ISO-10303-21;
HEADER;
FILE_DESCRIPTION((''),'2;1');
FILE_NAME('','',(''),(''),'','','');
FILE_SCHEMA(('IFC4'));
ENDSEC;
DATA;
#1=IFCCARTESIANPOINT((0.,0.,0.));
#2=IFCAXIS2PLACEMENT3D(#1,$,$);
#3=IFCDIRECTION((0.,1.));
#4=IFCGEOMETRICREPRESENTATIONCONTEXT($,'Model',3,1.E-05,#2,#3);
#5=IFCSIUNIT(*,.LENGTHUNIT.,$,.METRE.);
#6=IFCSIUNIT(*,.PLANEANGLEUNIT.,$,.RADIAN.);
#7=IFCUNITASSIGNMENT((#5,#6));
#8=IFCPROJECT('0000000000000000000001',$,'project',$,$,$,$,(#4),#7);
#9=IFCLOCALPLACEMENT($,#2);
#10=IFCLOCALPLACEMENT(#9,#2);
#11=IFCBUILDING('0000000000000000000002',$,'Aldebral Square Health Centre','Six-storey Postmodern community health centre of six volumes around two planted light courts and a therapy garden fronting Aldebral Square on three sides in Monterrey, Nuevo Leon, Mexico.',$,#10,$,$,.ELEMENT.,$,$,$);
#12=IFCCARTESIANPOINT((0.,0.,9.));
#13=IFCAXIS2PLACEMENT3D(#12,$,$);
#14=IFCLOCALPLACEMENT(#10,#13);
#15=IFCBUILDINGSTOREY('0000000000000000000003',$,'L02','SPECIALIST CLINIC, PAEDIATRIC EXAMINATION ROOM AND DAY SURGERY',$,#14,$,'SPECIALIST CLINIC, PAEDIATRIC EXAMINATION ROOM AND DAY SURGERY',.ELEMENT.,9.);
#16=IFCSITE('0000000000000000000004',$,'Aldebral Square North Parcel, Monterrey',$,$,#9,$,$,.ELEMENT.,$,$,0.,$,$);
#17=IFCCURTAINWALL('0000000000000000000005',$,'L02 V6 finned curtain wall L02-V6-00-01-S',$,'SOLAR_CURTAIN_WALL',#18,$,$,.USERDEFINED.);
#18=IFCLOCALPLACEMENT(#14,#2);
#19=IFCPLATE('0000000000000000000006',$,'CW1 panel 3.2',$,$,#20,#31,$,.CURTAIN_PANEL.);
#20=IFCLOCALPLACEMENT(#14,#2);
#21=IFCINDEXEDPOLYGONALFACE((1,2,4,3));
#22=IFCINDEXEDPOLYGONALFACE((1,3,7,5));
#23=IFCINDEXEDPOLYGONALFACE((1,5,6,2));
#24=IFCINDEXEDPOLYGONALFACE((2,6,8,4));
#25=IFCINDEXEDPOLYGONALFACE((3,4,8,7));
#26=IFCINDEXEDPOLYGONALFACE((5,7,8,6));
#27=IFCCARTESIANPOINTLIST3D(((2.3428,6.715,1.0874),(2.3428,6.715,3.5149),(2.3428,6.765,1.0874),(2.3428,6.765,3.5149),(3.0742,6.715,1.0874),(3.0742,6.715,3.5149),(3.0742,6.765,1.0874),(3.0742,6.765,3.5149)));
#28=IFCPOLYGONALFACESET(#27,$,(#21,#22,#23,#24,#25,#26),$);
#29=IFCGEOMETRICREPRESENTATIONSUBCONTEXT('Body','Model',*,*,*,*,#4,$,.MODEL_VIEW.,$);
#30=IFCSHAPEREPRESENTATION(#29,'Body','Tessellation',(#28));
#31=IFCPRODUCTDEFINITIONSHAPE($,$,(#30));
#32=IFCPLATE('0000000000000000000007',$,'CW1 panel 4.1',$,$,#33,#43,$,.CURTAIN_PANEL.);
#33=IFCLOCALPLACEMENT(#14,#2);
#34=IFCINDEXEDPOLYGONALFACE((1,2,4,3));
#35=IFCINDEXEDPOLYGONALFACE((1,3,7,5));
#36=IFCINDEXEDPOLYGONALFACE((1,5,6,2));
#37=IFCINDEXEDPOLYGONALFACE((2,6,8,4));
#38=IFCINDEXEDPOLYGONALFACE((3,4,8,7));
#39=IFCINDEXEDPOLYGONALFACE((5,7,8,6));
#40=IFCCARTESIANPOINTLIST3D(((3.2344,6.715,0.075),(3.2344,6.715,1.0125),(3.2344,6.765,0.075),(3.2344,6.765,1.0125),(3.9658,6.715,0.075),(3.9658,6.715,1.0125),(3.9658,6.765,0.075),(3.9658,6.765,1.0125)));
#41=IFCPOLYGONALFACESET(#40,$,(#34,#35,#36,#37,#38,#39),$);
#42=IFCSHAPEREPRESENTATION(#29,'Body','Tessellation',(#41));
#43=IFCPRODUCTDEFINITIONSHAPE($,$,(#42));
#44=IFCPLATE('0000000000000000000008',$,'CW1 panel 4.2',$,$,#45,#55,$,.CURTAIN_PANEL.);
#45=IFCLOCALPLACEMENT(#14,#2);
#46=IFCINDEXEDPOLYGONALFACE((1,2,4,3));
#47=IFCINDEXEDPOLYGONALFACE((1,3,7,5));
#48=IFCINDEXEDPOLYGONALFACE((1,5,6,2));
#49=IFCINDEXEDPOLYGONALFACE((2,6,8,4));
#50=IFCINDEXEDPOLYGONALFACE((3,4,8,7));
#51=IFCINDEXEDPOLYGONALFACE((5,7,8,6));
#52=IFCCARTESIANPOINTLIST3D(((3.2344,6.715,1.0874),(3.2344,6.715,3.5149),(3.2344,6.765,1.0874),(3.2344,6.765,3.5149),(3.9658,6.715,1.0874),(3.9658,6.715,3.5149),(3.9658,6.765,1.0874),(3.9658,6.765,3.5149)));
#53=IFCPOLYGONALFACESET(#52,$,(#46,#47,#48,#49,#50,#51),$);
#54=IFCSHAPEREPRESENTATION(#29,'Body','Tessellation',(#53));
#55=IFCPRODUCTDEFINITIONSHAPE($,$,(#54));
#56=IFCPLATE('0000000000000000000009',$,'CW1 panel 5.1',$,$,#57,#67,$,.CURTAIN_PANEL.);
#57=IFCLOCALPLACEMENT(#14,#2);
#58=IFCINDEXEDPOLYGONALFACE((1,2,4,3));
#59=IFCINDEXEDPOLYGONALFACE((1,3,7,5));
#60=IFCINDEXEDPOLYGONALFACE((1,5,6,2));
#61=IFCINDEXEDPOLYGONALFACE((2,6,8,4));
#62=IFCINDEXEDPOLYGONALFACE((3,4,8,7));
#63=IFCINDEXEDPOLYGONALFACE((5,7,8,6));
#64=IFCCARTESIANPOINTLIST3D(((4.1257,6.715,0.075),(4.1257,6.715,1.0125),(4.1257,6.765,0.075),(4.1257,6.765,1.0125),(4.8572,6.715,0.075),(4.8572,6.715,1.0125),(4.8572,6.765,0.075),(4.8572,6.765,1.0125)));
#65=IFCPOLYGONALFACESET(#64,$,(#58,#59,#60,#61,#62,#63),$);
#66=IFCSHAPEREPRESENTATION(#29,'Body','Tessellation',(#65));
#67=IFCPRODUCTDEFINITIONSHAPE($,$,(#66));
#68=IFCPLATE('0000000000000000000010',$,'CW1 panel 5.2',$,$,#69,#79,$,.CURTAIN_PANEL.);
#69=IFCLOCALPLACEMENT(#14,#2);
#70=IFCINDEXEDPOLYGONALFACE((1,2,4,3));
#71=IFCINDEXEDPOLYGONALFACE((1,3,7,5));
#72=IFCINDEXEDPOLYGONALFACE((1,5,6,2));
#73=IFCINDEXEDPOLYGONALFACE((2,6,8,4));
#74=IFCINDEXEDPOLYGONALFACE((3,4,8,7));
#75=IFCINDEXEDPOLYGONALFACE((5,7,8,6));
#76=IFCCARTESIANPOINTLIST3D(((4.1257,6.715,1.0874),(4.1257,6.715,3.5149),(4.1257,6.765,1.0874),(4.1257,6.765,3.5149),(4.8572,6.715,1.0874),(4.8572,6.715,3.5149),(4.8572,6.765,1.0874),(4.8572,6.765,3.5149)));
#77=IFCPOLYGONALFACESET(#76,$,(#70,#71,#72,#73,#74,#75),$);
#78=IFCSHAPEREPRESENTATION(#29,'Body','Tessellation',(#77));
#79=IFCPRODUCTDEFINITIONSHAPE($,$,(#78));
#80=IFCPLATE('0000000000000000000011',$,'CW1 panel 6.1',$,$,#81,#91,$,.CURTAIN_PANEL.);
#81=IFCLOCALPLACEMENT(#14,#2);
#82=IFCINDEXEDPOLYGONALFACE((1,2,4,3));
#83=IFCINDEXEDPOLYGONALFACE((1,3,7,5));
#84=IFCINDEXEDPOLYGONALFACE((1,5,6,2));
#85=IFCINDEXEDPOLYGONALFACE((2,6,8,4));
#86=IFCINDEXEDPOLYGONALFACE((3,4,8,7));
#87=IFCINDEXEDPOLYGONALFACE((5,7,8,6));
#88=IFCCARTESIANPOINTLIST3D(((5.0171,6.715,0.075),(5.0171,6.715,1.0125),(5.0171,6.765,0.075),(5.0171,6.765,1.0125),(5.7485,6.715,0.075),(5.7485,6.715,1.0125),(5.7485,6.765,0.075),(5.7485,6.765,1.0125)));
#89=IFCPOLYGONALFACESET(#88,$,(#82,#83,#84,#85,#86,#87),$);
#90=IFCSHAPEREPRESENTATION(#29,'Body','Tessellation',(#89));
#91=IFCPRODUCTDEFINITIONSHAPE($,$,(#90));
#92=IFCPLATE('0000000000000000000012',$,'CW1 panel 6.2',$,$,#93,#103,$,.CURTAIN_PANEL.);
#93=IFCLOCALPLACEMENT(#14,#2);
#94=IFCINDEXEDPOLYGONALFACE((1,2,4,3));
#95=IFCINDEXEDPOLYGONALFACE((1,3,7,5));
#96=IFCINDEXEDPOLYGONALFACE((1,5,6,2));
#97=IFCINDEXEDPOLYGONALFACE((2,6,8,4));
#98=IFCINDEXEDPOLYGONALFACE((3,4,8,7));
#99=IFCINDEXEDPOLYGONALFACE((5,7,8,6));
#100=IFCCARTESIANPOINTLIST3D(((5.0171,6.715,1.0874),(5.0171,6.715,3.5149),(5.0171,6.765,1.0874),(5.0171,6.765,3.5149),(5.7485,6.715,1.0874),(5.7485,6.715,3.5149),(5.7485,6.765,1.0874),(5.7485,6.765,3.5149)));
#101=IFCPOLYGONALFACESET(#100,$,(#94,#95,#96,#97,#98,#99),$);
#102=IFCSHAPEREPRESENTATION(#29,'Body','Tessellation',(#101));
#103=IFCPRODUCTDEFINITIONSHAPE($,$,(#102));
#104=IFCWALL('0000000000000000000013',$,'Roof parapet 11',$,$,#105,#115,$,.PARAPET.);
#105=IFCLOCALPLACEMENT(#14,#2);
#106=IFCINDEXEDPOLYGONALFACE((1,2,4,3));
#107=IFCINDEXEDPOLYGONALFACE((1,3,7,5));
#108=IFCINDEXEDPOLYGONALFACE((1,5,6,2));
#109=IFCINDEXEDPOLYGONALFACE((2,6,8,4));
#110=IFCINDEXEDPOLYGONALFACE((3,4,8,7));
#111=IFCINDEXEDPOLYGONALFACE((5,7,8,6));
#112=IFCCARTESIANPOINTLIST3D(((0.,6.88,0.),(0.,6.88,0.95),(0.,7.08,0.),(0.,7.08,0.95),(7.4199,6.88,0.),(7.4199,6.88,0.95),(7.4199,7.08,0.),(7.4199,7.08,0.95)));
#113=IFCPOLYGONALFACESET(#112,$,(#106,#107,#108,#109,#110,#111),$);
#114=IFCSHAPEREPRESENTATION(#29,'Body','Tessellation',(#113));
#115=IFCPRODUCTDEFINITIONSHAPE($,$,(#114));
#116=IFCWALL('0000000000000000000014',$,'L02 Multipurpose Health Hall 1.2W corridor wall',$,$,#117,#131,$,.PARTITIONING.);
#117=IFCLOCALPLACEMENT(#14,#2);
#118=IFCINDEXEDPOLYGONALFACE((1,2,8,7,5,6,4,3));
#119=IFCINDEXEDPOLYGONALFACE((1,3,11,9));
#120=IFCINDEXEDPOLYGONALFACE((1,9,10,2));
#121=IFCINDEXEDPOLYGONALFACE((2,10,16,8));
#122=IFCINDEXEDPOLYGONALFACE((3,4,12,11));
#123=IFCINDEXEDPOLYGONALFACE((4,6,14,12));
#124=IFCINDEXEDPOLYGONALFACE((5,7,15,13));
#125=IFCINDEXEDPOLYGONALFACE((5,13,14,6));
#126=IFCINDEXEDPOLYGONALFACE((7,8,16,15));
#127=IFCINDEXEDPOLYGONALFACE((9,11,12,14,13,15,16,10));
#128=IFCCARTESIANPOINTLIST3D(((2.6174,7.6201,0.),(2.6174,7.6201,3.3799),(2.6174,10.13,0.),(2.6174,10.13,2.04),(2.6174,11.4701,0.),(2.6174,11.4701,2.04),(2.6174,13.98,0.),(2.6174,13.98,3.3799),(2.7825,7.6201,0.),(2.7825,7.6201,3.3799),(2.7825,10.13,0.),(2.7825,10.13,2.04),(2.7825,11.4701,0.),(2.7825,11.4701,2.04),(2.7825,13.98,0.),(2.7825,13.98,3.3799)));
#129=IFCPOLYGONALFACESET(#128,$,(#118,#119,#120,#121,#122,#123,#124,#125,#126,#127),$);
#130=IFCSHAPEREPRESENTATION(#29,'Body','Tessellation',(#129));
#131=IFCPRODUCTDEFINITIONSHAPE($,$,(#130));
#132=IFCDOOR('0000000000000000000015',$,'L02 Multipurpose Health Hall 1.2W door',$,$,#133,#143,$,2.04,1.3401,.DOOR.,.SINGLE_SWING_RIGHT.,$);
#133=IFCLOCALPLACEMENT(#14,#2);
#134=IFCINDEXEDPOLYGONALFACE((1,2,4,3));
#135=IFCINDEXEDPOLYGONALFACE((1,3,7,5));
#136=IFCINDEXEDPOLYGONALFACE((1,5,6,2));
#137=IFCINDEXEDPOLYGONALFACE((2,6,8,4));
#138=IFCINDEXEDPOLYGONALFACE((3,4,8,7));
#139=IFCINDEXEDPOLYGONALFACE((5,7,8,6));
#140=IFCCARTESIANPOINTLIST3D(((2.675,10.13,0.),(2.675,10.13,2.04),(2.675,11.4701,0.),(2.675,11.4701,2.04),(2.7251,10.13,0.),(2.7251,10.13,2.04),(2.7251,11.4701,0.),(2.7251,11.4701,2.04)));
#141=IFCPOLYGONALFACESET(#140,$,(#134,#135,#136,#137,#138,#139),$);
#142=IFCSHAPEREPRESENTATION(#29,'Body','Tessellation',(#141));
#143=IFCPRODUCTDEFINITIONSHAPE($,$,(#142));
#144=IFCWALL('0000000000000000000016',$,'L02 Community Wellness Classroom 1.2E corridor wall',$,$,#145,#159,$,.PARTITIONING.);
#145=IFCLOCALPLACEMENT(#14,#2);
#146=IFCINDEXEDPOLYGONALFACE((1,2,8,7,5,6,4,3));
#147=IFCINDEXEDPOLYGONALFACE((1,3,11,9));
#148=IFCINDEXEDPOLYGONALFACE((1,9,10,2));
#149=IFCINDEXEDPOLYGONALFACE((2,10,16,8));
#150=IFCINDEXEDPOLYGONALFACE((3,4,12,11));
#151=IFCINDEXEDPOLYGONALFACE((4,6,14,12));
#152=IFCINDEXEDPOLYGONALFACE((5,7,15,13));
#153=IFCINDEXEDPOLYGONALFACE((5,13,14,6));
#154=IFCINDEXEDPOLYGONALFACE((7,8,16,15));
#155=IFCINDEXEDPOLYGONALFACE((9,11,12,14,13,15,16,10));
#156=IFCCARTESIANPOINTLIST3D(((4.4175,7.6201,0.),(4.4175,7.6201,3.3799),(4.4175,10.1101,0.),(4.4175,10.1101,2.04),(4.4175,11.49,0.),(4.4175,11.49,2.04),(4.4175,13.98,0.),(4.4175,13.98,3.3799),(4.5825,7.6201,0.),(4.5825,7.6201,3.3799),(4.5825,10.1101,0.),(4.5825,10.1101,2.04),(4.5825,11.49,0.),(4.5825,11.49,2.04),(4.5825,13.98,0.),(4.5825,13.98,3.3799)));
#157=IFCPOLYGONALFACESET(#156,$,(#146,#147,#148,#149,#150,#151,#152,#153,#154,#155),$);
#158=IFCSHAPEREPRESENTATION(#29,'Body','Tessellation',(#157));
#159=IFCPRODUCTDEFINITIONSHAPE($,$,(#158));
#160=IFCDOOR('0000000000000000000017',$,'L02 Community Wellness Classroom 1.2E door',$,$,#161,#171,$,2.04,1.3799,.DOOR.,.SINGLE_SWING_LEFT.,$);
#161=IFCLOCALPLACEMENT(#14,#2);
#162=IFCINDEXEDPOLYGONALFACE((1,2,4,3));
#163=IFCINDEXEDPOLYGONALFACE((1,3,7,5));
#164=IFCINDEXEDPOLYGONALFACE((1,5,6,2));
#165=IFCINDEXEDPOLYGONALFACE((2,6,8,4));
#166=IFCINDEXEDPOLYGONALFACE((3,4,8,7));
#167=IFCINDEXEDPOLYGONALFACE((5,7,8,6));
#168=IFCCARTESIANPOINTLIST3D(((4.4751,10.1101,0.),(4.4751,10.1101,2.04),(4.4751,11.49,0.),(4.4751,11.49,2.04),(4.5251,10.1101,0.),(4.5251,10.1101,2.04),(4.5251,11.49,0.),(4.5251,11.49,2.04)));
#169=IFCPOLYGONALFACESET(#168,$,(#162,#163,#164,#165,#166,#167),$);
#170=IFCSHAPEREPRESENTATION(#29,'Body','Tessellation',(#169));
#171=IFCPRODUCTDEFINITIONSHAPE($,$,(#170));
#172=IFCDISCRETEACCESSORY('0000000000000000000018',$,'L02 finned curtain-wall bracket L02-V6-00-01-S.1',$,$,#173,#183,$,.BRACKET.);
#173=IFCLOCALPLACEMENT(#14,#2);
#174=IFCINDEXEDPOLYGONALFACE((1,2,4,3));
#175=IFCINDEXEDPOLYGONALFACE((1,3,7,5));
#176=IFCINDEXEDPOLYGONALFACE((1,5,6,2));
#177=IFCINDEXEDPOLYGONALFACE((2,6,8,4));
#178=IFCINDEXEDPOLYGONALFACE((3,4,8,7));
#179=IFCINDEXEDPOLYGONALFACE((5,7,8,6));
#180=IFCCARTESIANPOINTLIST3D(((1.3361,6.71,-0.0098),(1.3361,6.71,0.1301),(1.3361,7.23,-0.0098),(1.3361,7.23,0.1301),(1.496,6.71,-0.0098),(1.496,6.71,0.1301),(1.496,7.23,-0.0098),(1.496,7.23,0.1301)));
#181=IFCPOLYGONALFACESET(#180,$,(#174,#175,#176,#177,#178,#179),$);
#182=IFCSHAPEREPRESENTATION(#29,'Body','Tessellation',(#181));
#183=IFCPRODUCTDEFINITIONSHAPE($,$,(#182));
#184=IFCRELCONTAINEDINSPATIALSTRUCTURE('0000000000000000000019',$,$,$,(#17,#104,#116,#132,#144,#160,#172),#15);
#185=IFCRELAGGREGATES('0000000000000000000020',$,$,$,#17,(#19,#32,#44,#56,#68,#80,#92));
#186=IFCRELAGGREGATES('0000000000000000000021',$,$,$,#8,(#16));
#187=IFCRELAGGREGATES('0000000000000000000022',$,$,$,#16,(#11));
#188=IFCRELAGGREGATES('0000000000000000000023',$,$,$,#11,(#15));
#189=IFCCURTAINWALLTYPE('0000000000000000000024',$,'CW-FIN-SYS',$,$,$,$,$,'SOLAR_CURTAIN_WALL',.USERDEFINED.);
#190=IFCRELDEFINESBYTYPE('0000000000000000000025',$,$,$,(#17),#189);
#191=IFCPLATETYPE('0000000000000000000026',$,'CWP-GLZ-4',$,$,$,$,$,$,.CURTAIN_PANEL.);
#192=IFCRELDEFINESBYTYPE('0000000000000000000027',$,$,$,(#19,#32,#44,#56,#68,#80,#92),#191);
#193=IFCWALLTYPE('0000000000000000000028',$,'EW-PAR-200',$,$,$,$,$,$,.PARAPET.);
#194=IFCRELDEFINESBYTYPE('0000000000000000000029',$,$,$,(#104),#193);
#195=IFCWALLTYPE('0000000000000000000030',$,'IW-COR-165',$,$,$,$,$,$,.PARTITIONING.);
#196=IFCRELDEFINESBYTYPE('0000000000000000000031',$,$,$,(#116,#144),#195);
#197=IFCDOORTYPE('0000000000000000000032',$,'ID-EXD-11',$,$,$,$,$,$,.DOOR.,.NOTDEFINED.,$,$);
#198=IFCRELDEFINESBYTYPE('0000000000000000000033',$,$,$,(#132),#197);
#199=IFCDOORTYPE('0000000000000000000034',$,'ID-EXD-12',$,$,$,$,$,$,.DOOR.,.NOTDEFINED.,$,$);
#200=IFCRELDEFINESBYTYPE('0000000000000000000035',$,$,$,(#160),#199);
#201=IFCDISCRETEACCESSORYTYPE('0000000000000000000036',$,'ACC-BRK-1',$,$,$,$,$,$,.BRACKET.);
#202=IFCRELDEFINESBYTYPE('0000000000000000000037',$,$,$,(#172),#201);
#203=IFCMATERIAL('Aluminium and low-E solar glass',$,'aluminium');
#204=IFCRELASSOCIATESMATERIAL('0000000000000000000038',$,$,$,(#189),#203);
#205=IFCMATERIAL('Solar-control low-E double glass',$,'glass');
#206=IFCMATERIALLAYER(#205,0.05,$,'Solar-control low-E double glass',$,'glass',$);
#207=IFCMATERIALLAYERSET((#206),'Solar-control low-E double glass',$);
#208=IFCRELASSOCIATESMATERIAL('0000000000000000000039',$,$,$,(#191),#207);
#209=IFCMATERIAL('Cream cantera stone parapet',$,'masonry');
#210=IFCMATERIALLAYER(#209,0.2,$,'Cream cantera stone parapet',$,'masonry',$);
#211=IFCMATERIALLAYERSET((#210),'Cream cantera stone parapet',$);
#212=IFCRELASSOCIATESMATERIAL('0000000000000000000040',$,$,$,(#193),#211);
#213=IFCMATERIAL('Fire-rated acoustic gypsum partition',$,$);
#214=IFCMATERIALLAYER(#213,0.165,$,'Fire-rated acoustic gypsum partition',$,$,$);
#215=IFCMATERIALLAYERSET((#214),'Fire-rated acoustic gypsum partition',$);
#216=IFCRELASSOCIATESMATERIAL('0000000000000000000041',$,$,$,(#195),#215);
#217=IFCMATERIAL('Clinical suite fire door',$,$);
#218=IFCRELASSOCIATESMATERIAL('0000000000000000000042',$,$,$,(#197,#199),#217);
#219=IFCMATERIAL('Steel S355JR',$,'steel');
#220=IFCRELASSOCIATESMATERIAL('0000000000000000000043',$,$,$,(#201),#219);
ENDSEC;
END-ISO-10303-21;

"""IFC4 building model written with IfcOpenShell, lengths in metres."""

from ifc_helpers import new_model, si_unit, direction, frame, frame_2d, origin, origin_2d, place, context, subcontext, project, spatial, rectangle, extrude, material, layer, layer_set, type_object, element, fill, aggregate, save


model = new_model("IFC4")

# Units and contexts
model_context = context("Model", 3, precision=1e-05, world=origin(), true_north=direction((0.0, 1.0)))
body_context = subcontext(model_context, "Body", "Model", "MODEL_VIEW")
ifc_project = project(units=[si_unit("LENGTHUNIT", "METRE"), si_unit("PLANEANGLEUNIT", "RADIAN")], contexts=[model_context])

# Site, building, storey
site_placement = place(None, origin())
site = spatial("IfcSite", under=ifc_project, at=site_placement, Name="Aldebral Square North Parcel, Monterrey", CompositionType="ELEMENT", RefElevation=0.0)
building_placement = place(site_placement, origin())
building = spatial("IfcBuilding", under=site, at=building_placement, Name="Aldebral Square Health Centre", Description="Six-storey Postmodern community health centre of six volumes around two planted light courts and a therapy garden fronting Aldebral Square on three sides in Monterrey, Nuevo Leon, Mexico.", CompositionType="ELEMENT")
storey_placement = place(building_placement, frame((0.0, 0.0, 9.0)))
storey = spatial("IfcBuildingStorey", under=building, at=storey_placement, Name="L02", Description="SPECIALIST CLINIC, PAEDIATRIC EXAMINATION ROOM AND DAY SURGERY", LongName="SPECIALIST CLINIC, PAEDIATRIC EXAMINATION ROOM AND DAY SURGERY", CompositionType="ELEMENT", Elevation=9.0)

# Curtain wall, plates
ifc_material_1 = material(Name="Aluminium and low-E solar glass", Category="aluminium")
curtain_wall_type = type_object("IfcCurtainWallType", Name="CW-FIN-SYS", ElementType="SOLAR_CURTAIN_WALL", PredefinedType="USERDEFINED", material=ifc_material_1)
curtain_wall_placement = place(storey_placement, origin())
curtain_wall = element("IfcCurtainWall", 1, at=curtain_wall_placement, inside=storey, type_object=curtain_wall_type, Name="L02 V6 finned curtain wall L02-V6-00-01-S", ObjectType="SOLAR_CURTAIN_WALL", PredefinedType="USERDEFINED")
ifc_material_2 = material(Name="Solar-control low-E double glass", Category="glass")
ifc_layer_1 = layer(ifc_material_2, 0.05, Name="Solar-control low-E double glass", Category="glass")
ifc_layer_set_1 = layer_set([ifc_layer_1], Name="Solar-control low-E double glass")
plate_type = type_object("IfcPlateType", Name="CWP-GLZ-4", PredefinedType="CURTAIN_PANEL", material=ifc_layer_set_1)
plate_1_placement = place(storey_placement, frame((2.7085, 6.74, 1.0874), z_axis=(0.0, 0.0, 1.0), x_axis=(1.0, 0.0, 0.0)))
plate_1 = element("IfcPlate", 2, at=plate_1_placement, type_object=plate_type, Name="CW1 panel 3.2", PredefinedType="CURTAIN_PANEL", context=body_context, shape_type="SweptSolid", body=[
    extrude(rectangle(XDim=0.7314, YDim=0.05, at=origin_2d()), origin(), (0.0, 0.0, 1.0), 2.4275),
])
plate_2_placement = place(storey_placement, frame((3.6001, 6.74, 0.075), z_axis=(0.0, 0.0, 1.0), x_axis=(1.0, 0.0, 0.0)))
plate_2 = element("IfcPlate", 3, at=plate_2_placement, type_object=plate_type, Name="CW1 panel 4.1", PredefinedType="CURTAIN_PANEL", context=body_context, shape_type="SweptSolid", body=[
    extrude(rectangle(XDim=0.7314, YDim=0.05, at=origin_2d()), origin(), (0.0, 0.0, 1.0), 0.9375),
])
plate_3_placement = place(storey_placement, frame((3.6001, 6.74, 1.0874), z_axis=(0.0, 0.0, 1.0), x_axis=(1.0, 0.0, 0.0)))
plate_3 = element("IfcPlate", 4, at=plate_3_placement, type_object=plate_type, Name="CW1 panel 4.2", PredefinedType="CURTAIN_PANEL", context=body_context, shape_type="SweptSolid", body=[
    extrude(rectangle(XDim=0.7314, YDim=0.05, at=origin_2d()), origin(), (0.0, 0.0, 1.0), 2.4275),
])
plate_4_placement = place(storey_placement, frame((4.4915, 6.74, 0.075), z_axis=(0.0, 0.0, 1.0), x_axis=(1.0, 0.0, 0.0)))
plate_4 = element("IfcPlate", 5, at=plate_4_placement, type_object=plate_type, Name="CW1 panel 5.1", PredefinedType="CURTAIN_PANEL", context=body_context, shape_type="SweptSolid", body=[
    extrude(rectangle(XDim=0.7314, YDim=0.05, at=origin_2d()), origin(), (0.0, 0.0, 1.0), 0.9375),
])
plate_5_placement = place(storey_placement, frame((4.4915, 6.74, 1.0874), z_axis=(0.0, 0.0, 1.0), x_axis=(1.0, 0.0, 0.0)))
plate_5 = element("IfcPlate", 6, at=plate_5_placement, type_object=plate_type, Name="CW1 panel 5.2", PredefinedType="CURTAIN_PANEL", context=body_context, shape_type="SweptSolid", body=[
    extrude(rectangle(XDim=0.7314, YDim=0.05, at=origin_2d()), origin(), (0.0, 0.0, 1.0), 2.4275),
])
plate_6_placement = place(storey_placement, frame((5.3828, 6.74, 0.075), z_axis=(0.0, 0.0, 1.0), x_axis=(1.0, 0.0, 0.0)))
plate_6 = element("IfcPlate", 7, at=plate_6_placement, type_object=plate_type, Name="CW1 panel 6.1", PredefinedType="CURTAIN_PANEL", context=body_context, shape_type="SweptSolid", body=[
    extrude(rectangle(XDim=0.7314, YDim=0.05, at=origin_2d()), origin(), (0.0, 0.0, 1.0), 0.9375),
])
plate_7_placement = place(storey_placement, frame((5.3828, 6.74, 1.0874), z_axis=(0.0, 0.0, 1.0), x_axis=(1.0, 0.0, 0.0)))
plate_7 = element("IfcPlate", 8, at=plate_7_placement, type_object=plate_type, Name="CW1 panel 6.2", PredefinedType="CURTAIN_PANEL", context=body_context, shape_type="SweptSolid", body=[
    extrude(rectangle(XDim=0.7314, YDim=0.05, at=origin_2d()), origin(), (0.0, 0.0, 1.0), 2.4275),
])
aggregate(curtain_wall, [plate_1, plate_2, plate_3, plate_4, plate_5, plate_6, plate_7])

# Wall
ifc_material_3 = material(Name="Cream cantera stone parapet", Category="masonry")
ifc_layer_2 = layer(ifc_material_3, 0.2, Name="Cream cantera stone parapet", Category="masonry")
ifc_layer_set_2 = layer_set([ifc_layer_2], Name="Cream cantera stone parapet")
wall_type_1 = type_object("IfcWallType", Name="EW-PAR-200", PredefinedType="PARAPET", material=ifc_layer_set_2)
wall_1_placement = place(storey_placement, frame((0.0, 6.98, 0.0), z_axis=(0.0, 0.0, 1.0), x_axis=(1.0, 0.0, 0.0)))
element("IfcWall", 9, at=wall_1_placement, inside=storey, type_object=wall_type_1, Name="Roof parapet 11", PredefinedType="PARAPET", context=body_context, shape_type="SweptSolid", body=[
    extrude(rectangle(XDim=7.4199, YDim=0.2, at=frame_2d((3.71, 0.0))), origin(), (0.0, 0.0, 1.0), 0.95),
])

# Walls, openings, doors
ifc_material_4 = material(Name="Fire-rated acoustic gypsum partition")
ifc_layer_3 = layer(ifc_material_4, 0.165, Name="Fire-rated acoustic gypsum partition")
ifc_layer_set_3 = layer_set([ifc_layer_3], Name="Fire-rated acoustic gypsum partition")
wall_type_2 = type_object("IfcWallType", Name="IW-COR-165", PredefinedType="PARTITIONING", material=ifc_layer_set_3)
wall_2_placement = place(storey_placement, frame((2.7, 7.6201, 0.0), z_axis=(0.0, 0.0, 1.0), x_axis=(0.0, 1.0, 0.0)))
wall_2 = element("IfcWall", 10, at=wall_2_placement, inside=storey, type_object=wall_type_2, Name="L02 Multipurpose Health Hall 1.2W corridor wall", PredefinedType="PARTITIONING", context=body_context, shape_type="SweptSolid", body=[
    extrude(rectangle(XDim=6.3599, YDim=0.165, at=frame_2d((3.1799, 0.0))), origin(), (0.0, 0.0, 1.0), 3.3799),
])
opening_1_placement = place(wall_2_placement, frame((2.51, 0.0, 0.0)))
opening_1 = element("IfcOpeningElement", 11, at=opening_1_placement, cuts=wall_2, PredefinedType="OPENING", context=body_context, shape_type="SweptSolid", body=[
    extrude(rectangle(XDim=1.3401, YDim=2.04, at=frame_2d((0.6699, 1.02))), frame((0.0, 0.0925, 0.0), z_axis=(0.0, -1.0, 0.0), x_axis=(1.0, 0.0, 0.0)), (0.0, 0.0, 1.0), 0.1851),
])
ifc_material_5 = material(Name="Clinical suite fire door")
door_type_1 = type_object("IfcDoorType", Name="ID-EXD-11", OperationType="NOTDEFINED", PredefinedType="DOOR", material=ifc_material_5)
door_1_placement = place(opening_1_placement, origin())
door_1 = element("IfcDoor", 12, at=door_1_placement, inside=storey, type_object=door_type_1, Name="L02 Multipurpose Health Hall 1.2W door", OperationType="SINGLE_SWING_RIGHT", OverallHeight=2.04, OverallWidth=1.3401, PredefinedType="DOOR", context=body_context, shape_type="SweptSolid", body=[
    extrude(rectangle(XDim=1.3401, YDim=2.04, at=frame_2d((0.6699, 1.02))), frame((0.0, 0.0249, 0.0), z_axis=(0.0, -1.0, 0.0), x_axis=(1.0, 0.0, 0.0)), (0.0, 0.0, 1.0), 0.05),
])
fill(opening_1, door_1)
wall_3_placement = place(storey_placement, frame((4.5, 7.6201, 0.0), z_axis=(0.0, 0.0, 1.0), x_axis=(0.0, 1.0, 0.0)))
wall_3 = element("IfcWall", 13, at=wall_3_placement, inside=storey, type_object=wall_type_2, Name="L02 Community Wellness Classroom 1.2E corridor wall", PredefinedType="PARTITIONING", context=body_context, shape_type="SweptSolid", body=[
    extrude(rectangle(XDim=6.3599, YDim=0.165, at=frame_2d((3.1799, 0.0))), origin(), (0.0, 0.0, 1.0), 3.3799),
])
opening_2_placement = place(wall_3_placement, frame((2.49, 0.0, 0.0)))
opening_2 = element("IfcOpeningElement", 14, at=opening_2_placement, cuts=wall_3, PredefinedType="OPENING", context=body_context, shape_type="SweptSolid", body=[
    extrude(rectangle(XDim=1.3799, YDim=2.04, at=frame_2d((0.6899, 1.02))), frame((0.0, 0.0925, 0.0), z_axis=(0.0, -1.0, 0.0), x_axis=(1.0, 0.0, 0.0)), (0.0, 0.0, 1.0), 0.1851),
])
door_type_2 = type_object("IfcDoorType", Name="ID-EXD-12", OperationType="NOTDEFINED", PredefinedType="DOOR", material=ifc_material_5)
door_2_placement = place(opening_2_placement, origin())
door_2 = element("IfcDoor", 15, at=door_2_placement, inside=storey, type_object=door_type_2, Name="L02 Community Wellness Classroom 1.2E door", OperationType="SINGLE_SWING_LEFT", OverallHeight=2.04, OverallWidth=1.3799, PredefinedType="DOOR", context=body_context, shape_type="SweptSolid", body=[
    extrude(rectangle(XDim=1.3799, YDim=2.04, at=frame_2d((0.6899, 1.02))), frame((0.0, 0.0249, 0.0), z_axis=(0.0, -1.0, 0.0), x_axis=(1.0, 0.0, 0.0)), (0.0, 0.0, 1.0), 0.05),
])
fill(opening_2, door_2)

# Discrete accessory
ifc_material_6 = material(Name="Steel S355JR", Category="steel")
discrete_accessory_type = type_object("IfcDiscreteAccessoryType", Name="ACC-BRK-1", PredefinedType="BRACKET", material=ifc_material_6)
for number, where, z_axis, x_axis, name in (
    (16, (1.416, 6.97, -0.0098), (0.0, 0.0, 1.0), (1.0, 0.0, 0.0), "L02 finned curtain-wall bracket L02-V6-00-01-S.1"),
):
    element("IfcDiscreteAccessory", number, at=place(storey_placement, frame(where, z_axis=z_axis, x_axis=x_axis)), inside=storey, type_object=discrete_accessory_type, Name=name, PredefinedType="BRACKET", context=body_context, shape_type="SweptSolid", body=[
        extrude(rectangle(XDim=0.1599, YDim=0.52, at=origin_2d()), origin(), (0.0, 0.0, 1.0), 0.1399),
    ])

save(model, "model.ifc")
